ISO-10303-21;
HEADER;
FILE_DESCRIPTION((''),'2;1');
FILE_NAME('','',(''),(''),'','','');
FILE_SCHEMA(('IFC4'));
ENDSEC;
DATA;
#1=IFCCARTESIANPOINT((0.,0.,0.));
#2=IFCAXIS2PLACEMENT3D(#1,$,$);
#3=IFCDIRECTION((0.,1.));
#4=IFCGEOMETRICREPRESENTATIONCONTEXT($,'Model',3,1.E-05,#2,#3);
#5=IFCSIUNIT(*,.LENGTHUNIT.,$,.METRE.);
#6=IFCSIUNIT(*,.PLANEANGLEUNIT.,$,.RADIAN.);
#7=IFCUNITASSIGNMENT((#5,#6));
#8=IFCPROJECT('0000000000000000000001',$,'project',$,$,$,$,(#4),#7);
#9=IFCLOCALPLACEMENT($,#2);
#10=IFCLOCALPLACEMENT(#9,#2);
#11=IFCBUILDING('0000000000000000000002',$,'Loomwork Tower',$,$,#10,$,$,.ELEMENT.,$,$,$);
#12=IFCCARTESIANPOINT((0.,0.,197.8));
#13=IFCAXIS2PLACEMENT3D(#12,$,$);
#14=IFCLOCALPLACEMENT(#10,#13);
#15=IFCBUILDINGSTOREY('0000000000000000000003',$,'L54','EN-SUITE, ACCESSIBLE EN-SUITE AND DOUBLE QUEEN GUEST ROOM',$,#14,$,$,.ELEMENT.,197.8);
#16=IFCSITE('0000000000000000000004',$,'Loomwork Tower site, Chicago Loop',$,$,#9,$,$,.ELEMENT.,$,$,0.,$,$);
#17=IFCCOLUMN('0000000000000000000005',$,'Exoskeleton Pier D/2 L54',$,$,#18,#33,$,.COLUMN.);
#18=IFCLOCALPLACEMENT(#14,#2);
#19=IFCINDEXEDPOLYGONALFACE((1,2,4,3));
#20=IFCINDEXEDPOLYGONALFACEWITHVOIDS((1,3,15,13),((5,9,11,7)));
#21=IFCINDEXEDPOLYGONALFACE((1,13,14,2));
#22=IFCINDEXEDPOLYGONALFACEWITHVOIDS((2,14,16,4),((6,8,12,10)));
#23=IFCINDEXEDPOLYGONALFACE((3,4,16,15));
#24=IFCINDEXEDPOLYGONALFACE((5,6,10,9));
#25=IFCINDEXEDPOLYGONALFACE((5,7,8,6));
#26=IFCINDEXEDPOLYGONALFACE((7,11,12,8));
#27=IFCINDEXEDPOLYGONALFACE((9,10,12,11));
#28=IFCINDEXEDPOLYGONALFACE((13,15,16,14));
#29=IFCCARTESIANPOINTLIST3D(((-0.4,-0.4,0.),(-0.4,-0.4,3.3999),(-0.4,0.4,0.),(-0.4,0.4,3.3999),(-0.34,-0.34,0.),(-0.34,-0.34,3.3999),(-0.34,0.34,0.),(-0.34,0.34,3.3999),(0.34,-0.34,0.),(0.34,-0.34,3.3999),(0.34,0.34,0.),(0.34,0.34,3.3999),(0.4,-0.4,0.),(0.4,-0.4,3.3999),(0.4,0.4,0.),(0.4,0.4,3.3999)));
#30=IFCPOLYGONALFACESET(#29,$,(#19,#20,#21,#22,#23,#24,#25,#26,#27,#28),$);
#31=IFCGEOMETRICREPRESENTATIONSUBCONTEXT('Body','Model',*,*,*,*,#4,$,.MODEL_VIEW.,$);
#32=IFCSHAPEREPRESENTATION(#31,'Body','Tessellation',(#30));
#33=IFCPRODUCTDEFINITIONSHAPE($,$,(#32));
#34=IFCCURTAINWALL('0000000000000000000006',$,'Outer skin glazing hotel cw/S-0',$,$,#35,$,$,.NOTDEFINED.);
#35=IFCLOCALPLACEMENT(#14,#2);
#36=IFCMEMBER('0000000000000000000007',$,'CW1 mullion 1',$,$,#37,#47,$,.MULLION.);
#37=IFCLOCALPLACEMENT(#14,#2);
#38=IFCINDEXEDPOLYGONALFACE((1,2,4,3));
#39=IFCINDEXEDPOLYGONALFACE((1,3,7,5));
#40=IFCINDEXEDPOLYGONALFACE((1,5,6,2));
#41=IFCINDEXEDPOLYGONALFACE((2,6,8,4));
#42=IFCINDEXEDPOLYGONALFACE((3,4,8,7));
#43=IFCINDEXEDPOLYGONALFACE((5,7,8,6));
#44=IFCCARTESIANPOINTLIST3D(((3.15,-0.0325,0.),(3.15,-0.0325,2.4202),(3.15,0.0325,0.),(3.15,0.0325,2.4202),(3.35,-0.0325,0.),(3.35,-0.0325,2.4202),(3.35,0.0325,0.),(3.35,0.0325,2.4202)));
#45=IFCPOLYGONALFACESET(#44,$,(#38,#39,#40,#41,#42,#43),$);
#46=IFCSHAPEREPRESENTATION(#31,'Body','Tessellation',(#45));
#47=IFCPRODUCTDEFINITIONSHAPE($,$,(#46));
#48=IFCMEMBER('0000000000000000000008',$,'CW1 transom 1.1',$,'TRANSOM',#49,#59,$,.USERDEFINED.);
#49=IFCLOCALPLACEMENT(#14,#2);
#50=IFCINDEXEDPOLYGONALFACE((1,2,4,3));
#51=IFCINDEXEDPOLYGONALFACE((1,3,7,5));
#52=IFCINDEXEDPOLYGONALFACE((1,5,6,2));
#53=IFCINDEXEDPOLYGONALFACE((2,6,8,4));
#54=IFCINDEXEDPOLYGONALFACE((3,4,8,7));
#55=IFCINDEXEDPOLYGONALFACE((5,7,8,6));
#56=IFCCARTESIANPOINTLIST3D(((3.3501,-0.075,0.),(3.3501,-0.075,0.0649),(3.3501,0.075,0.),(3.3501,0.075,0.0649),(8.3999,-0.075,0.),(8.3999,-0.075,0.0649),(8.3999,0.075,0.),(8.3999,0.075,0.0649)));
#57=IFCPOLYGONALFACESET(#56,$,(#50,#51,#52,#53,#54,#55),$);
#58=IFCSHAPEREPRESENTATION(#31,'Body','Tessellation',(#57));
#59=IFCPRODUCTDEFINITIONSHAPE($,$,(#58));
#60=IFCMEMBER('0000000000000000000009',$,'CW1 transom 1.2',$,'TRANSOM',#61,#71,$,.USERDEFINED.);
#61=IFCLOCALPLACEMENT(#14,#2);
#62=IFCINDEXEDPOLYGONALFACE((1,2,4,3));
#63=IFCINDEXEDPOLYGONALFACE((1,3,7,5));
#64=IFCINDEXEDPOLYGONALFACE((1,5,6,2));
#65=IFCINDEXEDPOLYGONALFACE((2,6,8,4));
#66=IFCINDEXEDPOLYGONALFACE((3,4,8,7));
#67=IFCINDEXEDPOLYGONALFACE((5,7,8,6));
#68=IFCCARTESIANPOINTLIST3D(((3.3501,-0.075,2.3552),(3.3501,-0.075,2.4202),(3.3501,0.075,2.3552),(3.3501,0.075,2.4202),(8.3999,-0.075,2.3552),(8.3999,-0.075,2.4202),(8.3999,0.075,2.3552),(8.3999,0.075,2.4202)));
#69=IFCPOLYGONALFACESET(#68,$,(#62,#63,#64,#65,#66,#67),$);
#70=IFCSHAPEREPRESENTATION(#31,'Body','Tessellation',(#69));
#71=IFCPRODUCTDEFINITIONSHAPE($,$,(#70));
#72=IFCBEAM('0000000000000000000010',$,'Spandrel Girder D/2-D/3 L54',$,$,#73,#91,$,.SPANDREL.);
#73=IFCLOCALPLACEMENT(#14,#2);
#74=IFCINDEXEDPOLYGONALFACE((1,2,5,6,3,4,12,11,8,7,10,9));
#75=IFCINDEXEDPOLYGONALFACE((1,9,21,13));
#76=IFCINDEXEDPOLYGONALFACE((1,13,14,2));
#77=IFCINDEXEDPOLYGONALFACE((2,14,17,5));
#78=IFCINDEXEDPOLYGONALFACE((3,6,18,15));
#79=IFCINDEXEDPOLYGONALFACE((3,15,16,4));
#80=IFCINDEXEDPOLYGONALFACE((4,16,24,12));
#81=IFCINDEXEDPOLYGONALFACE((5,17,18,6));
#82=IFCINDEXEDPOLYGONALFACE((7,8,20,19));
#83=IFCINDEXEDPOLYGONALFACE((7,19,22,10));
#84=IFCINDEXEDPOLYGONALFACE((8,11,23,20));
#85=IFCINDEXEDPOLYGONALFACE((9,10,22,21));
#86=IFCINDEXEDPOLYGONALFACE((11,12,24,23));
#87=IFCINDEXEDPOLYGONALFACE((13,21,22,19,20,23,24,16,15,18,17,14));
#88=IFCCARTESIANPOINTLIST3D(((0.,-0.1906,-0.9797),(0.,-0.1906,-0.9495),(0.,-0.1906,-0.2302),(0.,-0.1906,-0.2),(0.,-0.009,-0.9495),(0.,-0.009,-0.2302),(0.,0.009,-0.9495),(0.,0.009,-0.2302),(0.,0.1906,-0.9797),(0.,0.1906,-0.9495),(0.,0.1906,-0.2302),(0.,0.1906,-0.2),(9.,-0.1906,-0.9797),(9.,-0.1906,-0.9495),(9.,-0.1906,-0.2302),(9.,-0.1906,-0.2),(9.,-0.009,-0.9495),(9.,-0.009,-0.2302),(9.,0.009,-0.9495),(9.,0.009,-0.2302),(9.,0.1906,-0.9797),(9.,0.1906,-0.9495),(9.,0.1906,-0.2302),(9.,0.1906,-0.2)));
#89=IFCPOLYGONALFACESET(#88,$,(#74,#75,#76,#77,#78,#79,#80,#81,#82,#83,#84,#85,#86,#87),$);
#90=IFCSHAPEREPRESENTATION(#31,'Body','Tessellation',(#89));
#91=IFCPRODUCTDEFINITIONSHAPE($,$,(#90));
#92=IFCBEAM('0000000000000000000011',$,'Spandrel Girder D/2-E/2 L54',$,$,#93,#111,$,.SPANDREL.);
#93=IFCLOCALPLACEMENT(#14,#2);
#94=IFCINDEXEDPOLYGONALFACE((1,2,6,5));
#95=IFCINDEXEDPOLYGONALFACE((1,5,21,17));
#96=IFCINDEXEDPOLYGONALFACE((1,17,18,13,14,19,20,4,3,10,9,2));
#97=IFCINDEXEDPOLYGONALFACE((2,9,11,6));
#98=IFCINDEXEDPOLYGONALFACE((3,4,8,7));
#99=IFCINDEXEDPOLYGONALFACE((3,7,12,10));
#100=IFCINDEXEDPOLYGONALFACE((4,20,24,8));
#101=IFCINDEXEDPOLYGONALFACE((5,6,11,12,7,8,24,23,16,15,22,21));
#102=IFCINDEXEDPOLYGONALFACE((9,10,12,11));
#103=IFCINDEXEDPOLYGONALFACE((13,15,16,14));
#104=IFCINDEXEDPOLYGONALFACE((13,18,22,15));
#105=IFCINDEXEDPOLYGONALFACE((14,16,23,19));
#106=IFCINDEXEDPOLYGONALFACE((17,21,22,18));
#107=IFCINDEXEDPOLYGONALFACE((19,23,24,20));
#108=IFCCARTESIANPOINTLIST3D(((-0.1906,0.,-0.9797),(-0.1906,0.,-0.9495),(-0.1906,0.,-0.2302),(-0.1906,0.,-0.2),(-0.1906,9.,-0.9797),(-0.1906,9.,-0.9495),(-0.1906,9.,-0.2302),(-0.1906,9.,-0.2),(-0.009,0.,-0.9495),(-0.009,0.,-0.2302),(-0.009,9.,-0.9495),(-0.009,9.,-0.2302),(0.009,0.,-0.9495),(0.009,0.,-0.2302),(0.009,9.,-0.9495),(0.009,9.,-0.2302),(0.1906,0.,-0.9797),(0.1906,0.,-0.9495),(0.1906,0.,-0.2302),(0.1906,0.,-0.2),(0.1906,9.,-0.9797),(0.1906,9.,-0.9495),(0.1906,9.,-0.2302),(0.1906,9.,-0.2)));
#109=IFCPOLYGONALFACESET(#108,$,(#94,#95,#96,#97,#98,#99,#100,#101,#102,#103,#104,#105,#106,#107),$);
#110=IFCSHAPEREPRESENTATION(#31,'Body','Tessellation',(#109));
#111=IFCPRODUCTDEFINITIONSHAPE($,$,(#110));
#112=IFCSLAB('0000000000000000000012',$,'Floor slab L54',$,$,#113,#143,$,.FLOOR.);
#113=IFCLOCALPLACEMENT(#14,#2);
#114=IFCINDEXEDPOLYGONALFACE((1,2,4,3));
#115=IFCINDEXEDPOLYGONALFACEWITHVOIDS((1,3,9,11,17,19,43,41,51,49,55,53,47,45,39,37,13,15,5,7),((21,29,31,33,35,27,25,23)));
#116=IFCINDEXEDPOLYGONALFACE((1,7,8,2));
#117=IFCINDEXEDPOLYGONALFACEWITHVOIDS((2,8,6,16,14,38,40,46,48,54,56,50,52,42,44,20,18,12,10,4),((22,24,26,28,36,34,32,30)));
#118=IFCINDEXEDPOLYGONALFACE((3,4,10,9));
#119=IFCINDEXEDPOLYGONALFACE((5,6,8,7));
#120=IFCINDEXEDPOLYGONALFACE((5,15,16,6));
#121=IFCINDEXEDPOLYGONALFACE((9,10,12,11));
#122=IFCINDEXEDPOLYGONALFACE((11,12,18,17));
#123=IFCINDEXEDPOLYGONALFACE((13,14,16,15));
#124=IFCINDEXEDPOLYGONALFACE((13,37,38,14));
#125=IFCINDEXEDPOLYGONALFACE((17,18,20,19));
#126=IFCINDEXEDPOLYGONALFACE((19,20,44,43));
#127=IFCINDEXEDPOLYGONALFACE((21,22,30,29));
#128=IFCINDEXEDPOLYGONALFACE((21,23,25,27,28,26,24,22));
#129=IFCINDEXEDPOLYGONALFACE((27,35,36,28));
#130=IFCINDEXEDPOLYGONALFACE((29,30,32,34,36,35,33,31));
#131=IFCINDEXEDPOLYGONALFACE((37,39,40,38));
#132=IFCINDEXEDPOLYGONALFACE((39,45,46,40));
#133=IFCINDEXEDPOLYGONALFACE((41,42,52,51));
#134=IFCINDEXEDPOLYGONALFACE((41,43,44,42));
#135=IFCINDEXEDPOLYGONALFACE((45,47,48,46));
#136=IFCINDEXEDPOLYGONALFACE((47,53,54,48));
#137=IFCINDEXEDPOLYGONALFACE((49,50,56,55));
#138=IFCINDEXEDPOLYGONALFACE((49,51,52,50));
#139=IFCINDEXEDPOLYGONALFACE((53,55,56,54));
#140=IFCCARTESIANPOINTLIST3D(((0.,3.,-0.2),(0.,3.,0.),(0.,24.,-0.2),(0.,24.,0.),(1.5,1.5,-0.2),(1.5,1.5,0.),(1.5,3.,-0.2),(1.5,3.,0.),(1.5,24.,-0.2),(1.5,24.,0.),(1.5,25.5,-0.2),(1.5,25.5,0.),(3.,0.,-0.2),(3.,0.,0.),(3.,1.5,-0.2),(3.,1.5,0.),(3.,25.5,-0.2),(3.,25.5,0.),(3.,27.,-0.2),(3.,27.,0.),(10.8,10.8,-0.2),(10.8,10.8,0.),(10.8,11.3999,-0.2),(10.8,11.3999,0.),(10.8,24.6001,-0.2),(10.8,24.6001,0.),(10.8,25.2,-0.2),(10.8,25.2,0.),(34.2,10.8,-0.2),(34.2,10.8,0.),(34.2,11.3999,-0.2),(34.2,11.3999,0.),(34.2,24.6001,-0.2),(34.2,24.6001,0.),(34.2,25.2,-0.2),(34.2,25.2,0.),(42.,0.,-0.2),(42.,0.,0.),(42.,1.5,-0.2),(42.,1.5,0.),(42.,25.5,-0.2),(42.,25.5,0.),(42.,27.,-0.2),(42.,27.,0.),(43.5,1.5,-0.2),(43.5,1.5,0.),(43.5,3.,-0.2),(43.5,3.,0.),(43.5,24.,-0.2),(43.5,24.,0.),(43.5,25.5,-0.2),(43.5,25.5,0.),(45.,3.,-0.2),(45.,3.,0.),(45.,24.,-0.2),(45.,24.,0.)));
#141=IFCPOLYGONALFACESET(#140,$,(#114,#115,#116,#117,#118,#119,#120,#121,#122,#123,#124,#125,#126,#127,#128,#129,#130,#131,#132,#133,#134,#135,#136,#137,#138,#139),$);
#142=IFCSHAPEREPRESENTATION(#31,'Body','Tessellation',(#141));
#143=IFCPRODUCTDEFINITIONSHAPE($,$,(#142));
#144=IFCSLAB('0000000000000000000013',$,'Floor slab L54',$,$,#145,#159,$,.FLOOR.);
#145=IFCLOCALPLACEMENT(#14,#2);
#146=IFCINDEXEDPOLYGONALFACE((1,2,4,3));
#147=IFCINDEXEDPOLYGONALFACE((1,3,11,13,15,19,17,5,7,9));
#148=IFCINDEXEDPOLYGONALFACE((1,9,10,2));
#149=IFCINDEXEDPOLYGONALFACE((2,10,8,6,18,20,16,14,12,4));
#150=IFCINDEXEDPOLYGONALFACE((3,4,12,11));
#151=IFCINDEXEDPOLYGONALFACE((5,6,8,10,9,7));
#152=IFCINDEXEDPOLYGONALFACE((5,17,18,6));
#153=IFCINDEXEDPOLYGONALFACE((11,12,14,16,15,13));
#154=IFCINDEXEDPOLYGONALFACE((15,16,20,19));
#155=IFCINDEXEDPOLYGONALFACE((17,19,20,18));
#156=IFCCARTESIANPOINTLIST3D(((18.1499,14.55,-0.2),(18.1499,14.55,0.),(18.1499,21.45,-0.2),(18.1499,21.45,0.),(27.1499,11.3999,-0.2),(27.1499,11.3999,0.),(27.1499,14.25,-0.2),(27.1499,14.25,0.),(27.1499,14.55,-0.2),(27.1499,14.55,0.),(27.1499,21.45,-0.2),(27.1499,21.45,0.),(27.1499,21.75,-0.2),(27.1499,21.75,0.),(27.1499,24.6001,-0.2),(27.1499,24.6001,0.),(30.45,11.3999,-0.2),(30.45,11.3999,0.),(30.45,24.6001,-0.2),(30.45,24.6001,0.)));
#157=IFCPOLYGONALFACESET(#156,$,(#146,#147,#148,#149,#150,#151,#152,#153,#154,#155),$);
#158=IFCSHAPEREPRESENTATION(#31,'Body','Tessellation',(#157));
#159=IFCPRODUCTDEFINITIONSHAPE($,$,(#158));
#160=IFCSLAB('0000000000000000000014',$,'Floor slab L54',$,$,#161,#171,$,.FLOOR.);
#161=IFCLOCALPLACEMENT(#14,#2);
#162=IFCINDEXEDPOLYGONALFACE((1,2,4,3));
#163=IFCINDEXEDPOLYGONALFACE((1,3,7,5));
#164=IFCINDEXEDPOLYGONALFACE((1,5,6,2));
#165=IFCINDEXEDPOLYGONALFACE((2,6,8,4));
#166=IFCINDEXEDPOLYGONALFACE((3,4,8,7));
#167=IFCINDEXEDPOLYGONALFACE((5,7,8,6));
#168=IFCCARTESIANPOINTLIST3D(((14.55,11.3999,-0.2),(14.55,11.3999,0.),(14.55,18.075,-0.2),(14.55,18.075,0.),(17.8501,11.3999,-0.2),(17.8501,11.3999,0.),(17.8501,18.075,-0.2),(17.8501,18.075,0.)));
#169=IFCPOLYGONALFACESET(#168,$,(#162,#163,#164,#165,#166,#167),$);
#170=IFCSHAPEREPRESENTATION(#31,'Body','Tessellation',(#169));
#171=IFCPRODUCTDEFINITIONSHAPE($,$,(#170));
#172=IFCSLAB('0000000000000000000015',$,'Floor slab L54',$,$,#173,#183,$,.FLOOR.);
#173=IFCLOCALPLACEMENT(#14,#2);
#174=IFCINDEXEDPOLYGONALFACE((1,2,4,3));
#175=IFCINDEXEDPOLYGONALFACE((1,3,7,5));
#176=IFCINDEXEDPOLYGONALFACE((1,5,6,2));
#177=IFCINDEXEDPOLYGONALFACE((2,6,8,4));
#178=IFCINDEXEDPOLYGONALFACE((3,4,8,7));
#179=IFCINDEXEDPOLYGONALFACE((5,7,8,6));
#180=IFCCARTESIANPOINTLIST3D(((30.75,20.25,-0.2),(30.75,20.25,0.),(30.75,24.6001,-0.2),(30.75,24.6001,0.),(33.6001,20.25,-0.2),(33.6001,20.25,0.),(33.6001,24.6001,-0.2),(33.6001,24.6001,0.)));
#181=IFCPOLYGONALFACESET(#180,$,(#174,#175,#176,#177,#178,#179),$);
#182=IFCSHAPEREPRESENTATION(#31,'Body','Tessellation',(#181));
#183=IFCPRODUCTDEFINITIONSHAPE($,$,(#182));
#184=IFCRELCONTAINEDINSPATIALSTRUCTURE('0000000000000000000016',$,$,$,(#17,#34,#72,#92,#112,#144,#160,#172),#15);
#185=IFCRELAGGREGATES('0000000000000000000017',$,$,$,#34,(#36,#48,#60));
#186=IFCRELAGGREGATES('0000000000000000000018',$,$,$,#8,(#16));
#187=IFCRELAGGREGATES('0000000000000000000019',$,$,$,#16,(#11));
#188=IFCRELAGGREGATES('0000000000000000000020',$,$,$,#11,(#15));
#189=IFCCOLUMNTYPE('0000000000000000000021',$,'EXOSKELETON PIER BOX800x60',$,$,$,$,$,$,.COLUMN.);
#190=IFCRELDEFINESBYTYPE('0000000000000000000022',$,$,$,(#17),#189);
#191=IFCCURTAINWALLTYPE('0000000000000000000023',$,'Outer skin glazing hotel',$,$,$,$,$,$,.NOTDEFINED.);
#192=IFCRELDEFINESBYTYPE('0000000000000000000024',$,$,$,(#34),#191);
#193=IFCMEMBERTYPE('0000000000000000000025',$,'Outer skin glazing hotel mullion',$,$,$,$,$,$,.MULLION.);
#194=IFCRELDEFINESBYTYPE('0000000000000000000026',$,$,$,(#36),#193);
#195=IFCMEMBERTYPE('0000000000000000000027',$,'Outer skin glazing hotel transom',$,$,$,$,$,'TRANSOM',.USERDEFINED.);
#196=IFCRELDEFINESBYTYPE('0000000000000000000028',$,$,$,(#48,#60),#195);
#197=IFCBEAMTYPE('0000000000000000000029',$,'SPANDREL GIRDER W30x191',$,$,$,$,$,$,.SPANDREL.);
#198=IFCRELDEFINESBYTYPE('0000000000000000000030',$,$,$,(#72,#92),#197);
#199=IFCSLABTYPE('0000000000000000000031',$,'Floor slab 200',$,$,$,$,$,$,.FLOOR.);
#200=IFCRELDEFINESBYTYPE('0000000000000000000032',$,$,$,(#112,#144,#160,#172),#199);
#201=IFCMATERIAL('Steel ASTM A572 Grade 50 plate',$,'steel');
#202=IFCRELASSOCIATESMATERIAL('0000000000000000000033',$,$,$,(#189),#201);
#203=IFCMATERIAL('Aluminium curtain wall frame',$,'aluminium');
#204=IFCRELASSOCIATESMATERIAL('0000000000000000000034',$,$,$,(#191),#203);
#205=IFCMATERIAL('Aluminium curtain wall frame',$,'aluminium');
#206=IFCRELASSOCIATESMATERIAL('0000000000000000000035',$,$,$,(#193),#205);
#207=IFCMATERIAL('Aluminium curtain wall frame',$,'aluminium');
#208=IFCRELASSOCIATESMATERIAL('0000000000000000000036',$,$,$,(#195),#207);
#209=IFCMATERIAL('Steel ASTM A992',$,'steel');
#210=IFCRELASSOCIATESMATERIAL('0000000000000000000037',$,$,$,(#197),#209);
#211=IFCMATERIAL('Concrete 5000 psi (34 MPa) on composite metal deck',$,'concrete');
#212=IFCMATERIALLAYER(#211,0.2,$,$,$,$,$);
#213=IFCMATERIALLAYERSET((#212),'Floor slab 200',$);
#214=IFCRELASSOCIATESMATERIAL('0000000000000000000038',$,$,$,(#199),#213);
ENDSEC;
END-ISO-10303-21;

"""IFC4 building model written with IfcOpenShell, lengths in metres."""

from ifc_helpers import new_model, si_unit, direction, frame, origin, origin_with_axes, origin_2d, place, context, subcontext, project, spatial, polyline, rectangle, hollow_rectangle, i_section, outline, extrude, material, layer, layer_set, material_profile, profile_set, type_object, element, aggregate, save


model = new_model("IFC4")

# Units and contexts
model_context = context("Model", 3, precision=1e-05, world=origin(), true_north=direction((0.0, 1.0)))
body_context = subcontext(model_context, "Body", "Model", "MODEL_VIEW")
ifc_project = project(units=[si_unit("LENGTHUNIT", "METRE"), si_unit("PLANEANGLEUNIT", "RADIAN")], contexts=[model_context])

# Site, building, storey
site_placement = place(None, origin())
site = spatial("IfcSite", under=ifc_project, at=site_placement, Name="Loomwork Tower site, Chicago Loop", CompositionType="ELEMENT", RefElevation=0.0)
building_placement = place(site_placement, origin())
building = spatial("IfcBuilding", under=site, at=building_placement, Name="Loomwork Tower", CompositionType="ELEMENT")
storey_placement = place(building_placement, frame((0.0, 0.0, 197.8)))
storey = spatial("IfcBuildingStorey", under=building, at=storey_placement, Name="L54", Description="EN-SUITE, ACCESSIBLE EN-SUITE AND DOUBLE QUEEN GUEST ROOM", CompositionType="ELEMENT", Elevation=197.8)

# Column
ifc_material_1 = material(Name="Steel ASTM A572 Grade 50 plate", Category="steel")
ifc_material_profile_1 = material_profile(ifc_material_1, hollow_rectangle(XDim=0.8, YDim=0.8, WallThickness=0.0601, at=origin_2d()), Name="BOX800x60")
ifc_profile_set_1 = profile_set([ifc_material_profile_1], Name="Steel ASTM A572 Grade 50 plate")
column_type = type_object("IfcColumnType", Name="EXOSKELETON PIER BOX800x60", PredefinedType="COLUMN", material=ifc_profile_set_1)
column_placement = place(storey_placement, origin_with_axes())
element("IfcColumn", 1, at=column_placement, inside=storey, type_object=column_type, Name="Exoskeleton Pier D/2 L54", PredefinedType="COLUMN", context=body_context, shape_type="SweptSolid", body=[
    extrude(hollow_rectangle(XDim=0.8, YDim=0.8, WallThickness=0.0601, at=origin_2d()), origin(), (0.0, 0.0, 1.0), 3.3999),
])

# Curtain wall, members
ifc_material_2 = material(Name="Aluminium curtain wall frame", Category="aluminium")
curtain_wall_type = type_object("IfcCurtainWallType", Name="Outer skin glazing hotel", PredefinedType="NOTDEFINED", material=ifc_material_2)
curtain_wall_placement = place(storey_placement, origin())
curtain_wall = element("IfcCurtainWall", 2, at=curtain_wall_placement, inside=storey, type_object=curtain_wall_type, Name="Outer skin glazing hotel cw/S-0", PredefinedType="NOTDEFINED")
ifc_material_3 = material(Name="Aluminium curtain wall frame", Category="aluminium")
ifc_material_profile_2 = material_profile(ifc_material_3, rectangle(XDim=0.0649, YDim=0.2, at=origin_2d()), Name="AL 65x200")
ifc_profile_set_2 = profile_set([ifc_material_profile_2], Name="Aluminium curtain wall frame")
member_type_1 = type_object("IfcMemberType", Name="Outer skin glazing hotel mullion", PredefinedType="MULLION", material=ifc_profile_set_2)
member_1_placement = place(storey_placement, frame((3.25, 0.0, 0.0), z_axis=(0.0, 0.0, 1.0), x_axis=(0.0, 1.0, 0.0)))
member_1 = element("IfcMember", 3, at=member_1_placement, type_object=member_type_1, Name="CW1 mullion 1", PredefinedType="MULLION", context=body_context, shape_type="SweptSolid", body=[
    extrude(rectangle(XDim=0.0649, YDim=0.2, at=origin_2d()), origin(), (0.0, 0.0, 1.0), 2.4202),
])
ifc_material_4 = material(Name="Aluminium curtain wall frame", Category="aluminium")
ifc_material_profile_3 = material_profile(ifc_material_4, rectangle(XDim=0.1499, YDim=0.0649, at=origin_2d()), Name="AL 65x150")
ifc_profile_set_3 = profile_set([ifc_material_profile_3], Name="Aluminium curtain wall frame")
member_type_2 = type_object("IfcMemberType", Name="Outer skin glazing hotel transom", ElementType="TRANSOM", PredefinedType="USERDEFINED", material=ifc_profile_set_3)
member_2_placement = place(storey_placement, frame((3.3501, 0.0, 0.0325), z_axis=(1.0, 0.0, 0.0), x_axis=(0.0, 1.0, 0.0)))
member_2 = element("IfcMember", 4, at=member_2_placement, type_object=member_type_2, Name="CW1 transom 1.1", ObjectType="TRANSOM", PredefinedType="USERDEFINED", context=body_context, shape_type="SweptSolid", body=[
    extrude(rectangle(XDim=0.1499, YDim=0.0649, at=origin_2d()), origin(), (0.0, 0.0, 1.0), 5.0498),
])
member_3_placement = place(storey_placement, frame((3.3501, 0.0, 2.3877), z_axis=(1.0, 0.0, 0.0), x_axis=(0.0, 1.0, 0.0)))
member_3 = element("IfcMember", 5, at=member_3_placement, type_object=member_type_2, Name="CW1 transom 1.2", ObjectType="TRANSOM", PredefinedType="USERDEFINED", context=body_context, shape_type="SweptSolid", body=[
    extrude(rectangle(XDim=0.1499, YDim=0.0649, at=origin_2d()), origin(), (0.0, 0.0, 1.0), 5.0498),
])
aggregate(curtain_wall, [member_1, member_2, member_3])

# Beams
ifc_material_5 = material(Name="Steel ASTM A992", Category="steel")
ifc_material_profile_4 = material_profile(ifc_material_5, i_section(OverallWidth=0.3811, OverallDepth=0.7798, WebThickness=0.0181, FlangeThickness=0.0303, at=origin_2d()), Name="W30x191")
ifc_profile_set_4 = profile_set([ifc_material_profile_4], Name="Steel ASTM A992")
beam_type = type_object("IfcBeamType", Name="SPANDREL GIRDER W30x191", PredefinedType="SPANDREL", material=ifc_profile_set_4)
for number, where, z_axis, x_axis, name in (
    (6, (0.0, 0.0, -0.5898), (1.0, 0.0, 0.0), (0.0, 1.0, 0.0), "Spandrel Girder D/2-D/3 L54"),
    (7, (0.0, 0.0, -0.5898), (0.0, 1.0, 0.0), (-1.0, 0.0, 0.0), "Spandrel Girder D/2-E/2 L54"),
):
    element("IfcBeam", number, at=place(storey_placement, frame(where, z_axis=z_axis, x_axis=x_axis)), inside=storey, type_object=beam_type, Name=name, PredefinedType="SPANDREL", context=body_context, shape_type="SweptSolid", body=[
        extrude(i_section(OverallWidth=0.3811, OverallDepth=0.7798, WebThickness=0.0181, FlangeThickness=0.0303, at=origin_2d()), origin(), (0.0, 0.0, 1.0), 9.0),
    ])

# Slabs
ifc_material_6 = material(Name="Concrete 5000 psi (34 MPa) on composite metal deck", Category="concrete")
ifc_layer_1 = layer(ifc_material_6, 0.2)
ifc_layer_set_1 = layer_set([ifc_layer_1], Name="Floor slab 200")
slab_type_1 = type_object("IfcSlabType", Name="Floor slab 200", PredefinedType="FLOOR", material=ifc_layer_set_1)
slab_1_placement = place(storey_placement, frame((0.0, 0.0, -0.2)))
element("IfcSlab", 8, at=slab_1_placement, inside=storey, type_object=slab_type_1, Name="Floor slab L54", PredefinedType="FLOOR", context=body_context, shape_type="SweptSolid", body=[
    extrude(outline(polyline([(3.0, 1.5), (1.5, 1.5), (1.5, 3.0), (0.0, 3.0), (0.0, 24.0), (1.5, 24.0), (1.5, 25.5), (3.0, 25.5), (3.0, 27.0), (42.0, 27.0), (42.0, 25.5), (43.5, 25.5), (43.5, 24.0), (45.0, 24.0), (45.0, 3.0), (43.5, 3.0), (43.5, 1.5), (42.0, 1.5), (42.0, 0.0), (3.0, 0.0), (3.0, 1.5)]), holes=[polyline([(10.8, 11.3999), (10.8, 11.3999), (10.8, 10.8), (34.2, 10.8), (34.2, 11.3999), (34.2, 11.3999), (34.2, 24.6001), (34.2, 25.2), (10.8, 25.2), (10.8, 24.6001), (10.8, 11.3999)])]), origin(), (0.0, 0.0, 1.0), 0.2),
])
slab_2_placement = place(storey_placement, frame((0.0, 0.0, -0.2)))
element("IfcSlab", 9, at=slab_2_placement, inside=storey, type_object=slab_type_1, Name="Floor slab L54", PredefinedType="FLOOR", context=body_context, shape_type="SweptSolid", body=[
    extrude(outline(polyline([(30.45, 24.6001), (30.45, 11.3999), (27.1499, 11.3999), (27.1499, 14.25), (27.1499, 14.55), (18.1499, 14.55), (18.1499, 21.45), (27.1499, 21.45), (27.1499, 21.75), (27.1499, 24.6001), (30.45, 24.6001)])), origin(), (0.0, 0.0, 1.0), 0.2),
])
slab_3_placement = place(storey_placement, frame((0.0, 0.0, -0.2)))
element("IfcSlab", 10, at=slab_3_placement, inside=storey, type_object=slab_type_1, Name="Floor slab L54", PredefinedType="FLOOR", context=body_context, shape_type="SweptSolid", body=[
    extrude(outline(polyline([(14.55, 11.3999), (14.55, 18.075), (17.8501, 18.075), (17.8501, 11.3999), (14.55, 11.3999)])), origin(), (0.0, 0.0, 1.0), 0.2),
])
slab_4_placement = place(storey_placement, frame((0.0, 0.0, -0.2)))
element("IfcSlab", 11, at=slab_4_placement, inside=storey, type_object=slab_type_1, Name="Floor slab L54", PredefinedType="FLOOR", context=body_context, shape_type="SweptSolid", body=[
    extrude(outline(polyline([(33.6001, 20.25), (30.75, 20.25), (30.75, 24.6001), (33.6001, 24.6001), (33.6001, 20.25)])), origin(), (0.0, 0.0, 1.0), 0.2),
])

save(model, "model.ifc")
